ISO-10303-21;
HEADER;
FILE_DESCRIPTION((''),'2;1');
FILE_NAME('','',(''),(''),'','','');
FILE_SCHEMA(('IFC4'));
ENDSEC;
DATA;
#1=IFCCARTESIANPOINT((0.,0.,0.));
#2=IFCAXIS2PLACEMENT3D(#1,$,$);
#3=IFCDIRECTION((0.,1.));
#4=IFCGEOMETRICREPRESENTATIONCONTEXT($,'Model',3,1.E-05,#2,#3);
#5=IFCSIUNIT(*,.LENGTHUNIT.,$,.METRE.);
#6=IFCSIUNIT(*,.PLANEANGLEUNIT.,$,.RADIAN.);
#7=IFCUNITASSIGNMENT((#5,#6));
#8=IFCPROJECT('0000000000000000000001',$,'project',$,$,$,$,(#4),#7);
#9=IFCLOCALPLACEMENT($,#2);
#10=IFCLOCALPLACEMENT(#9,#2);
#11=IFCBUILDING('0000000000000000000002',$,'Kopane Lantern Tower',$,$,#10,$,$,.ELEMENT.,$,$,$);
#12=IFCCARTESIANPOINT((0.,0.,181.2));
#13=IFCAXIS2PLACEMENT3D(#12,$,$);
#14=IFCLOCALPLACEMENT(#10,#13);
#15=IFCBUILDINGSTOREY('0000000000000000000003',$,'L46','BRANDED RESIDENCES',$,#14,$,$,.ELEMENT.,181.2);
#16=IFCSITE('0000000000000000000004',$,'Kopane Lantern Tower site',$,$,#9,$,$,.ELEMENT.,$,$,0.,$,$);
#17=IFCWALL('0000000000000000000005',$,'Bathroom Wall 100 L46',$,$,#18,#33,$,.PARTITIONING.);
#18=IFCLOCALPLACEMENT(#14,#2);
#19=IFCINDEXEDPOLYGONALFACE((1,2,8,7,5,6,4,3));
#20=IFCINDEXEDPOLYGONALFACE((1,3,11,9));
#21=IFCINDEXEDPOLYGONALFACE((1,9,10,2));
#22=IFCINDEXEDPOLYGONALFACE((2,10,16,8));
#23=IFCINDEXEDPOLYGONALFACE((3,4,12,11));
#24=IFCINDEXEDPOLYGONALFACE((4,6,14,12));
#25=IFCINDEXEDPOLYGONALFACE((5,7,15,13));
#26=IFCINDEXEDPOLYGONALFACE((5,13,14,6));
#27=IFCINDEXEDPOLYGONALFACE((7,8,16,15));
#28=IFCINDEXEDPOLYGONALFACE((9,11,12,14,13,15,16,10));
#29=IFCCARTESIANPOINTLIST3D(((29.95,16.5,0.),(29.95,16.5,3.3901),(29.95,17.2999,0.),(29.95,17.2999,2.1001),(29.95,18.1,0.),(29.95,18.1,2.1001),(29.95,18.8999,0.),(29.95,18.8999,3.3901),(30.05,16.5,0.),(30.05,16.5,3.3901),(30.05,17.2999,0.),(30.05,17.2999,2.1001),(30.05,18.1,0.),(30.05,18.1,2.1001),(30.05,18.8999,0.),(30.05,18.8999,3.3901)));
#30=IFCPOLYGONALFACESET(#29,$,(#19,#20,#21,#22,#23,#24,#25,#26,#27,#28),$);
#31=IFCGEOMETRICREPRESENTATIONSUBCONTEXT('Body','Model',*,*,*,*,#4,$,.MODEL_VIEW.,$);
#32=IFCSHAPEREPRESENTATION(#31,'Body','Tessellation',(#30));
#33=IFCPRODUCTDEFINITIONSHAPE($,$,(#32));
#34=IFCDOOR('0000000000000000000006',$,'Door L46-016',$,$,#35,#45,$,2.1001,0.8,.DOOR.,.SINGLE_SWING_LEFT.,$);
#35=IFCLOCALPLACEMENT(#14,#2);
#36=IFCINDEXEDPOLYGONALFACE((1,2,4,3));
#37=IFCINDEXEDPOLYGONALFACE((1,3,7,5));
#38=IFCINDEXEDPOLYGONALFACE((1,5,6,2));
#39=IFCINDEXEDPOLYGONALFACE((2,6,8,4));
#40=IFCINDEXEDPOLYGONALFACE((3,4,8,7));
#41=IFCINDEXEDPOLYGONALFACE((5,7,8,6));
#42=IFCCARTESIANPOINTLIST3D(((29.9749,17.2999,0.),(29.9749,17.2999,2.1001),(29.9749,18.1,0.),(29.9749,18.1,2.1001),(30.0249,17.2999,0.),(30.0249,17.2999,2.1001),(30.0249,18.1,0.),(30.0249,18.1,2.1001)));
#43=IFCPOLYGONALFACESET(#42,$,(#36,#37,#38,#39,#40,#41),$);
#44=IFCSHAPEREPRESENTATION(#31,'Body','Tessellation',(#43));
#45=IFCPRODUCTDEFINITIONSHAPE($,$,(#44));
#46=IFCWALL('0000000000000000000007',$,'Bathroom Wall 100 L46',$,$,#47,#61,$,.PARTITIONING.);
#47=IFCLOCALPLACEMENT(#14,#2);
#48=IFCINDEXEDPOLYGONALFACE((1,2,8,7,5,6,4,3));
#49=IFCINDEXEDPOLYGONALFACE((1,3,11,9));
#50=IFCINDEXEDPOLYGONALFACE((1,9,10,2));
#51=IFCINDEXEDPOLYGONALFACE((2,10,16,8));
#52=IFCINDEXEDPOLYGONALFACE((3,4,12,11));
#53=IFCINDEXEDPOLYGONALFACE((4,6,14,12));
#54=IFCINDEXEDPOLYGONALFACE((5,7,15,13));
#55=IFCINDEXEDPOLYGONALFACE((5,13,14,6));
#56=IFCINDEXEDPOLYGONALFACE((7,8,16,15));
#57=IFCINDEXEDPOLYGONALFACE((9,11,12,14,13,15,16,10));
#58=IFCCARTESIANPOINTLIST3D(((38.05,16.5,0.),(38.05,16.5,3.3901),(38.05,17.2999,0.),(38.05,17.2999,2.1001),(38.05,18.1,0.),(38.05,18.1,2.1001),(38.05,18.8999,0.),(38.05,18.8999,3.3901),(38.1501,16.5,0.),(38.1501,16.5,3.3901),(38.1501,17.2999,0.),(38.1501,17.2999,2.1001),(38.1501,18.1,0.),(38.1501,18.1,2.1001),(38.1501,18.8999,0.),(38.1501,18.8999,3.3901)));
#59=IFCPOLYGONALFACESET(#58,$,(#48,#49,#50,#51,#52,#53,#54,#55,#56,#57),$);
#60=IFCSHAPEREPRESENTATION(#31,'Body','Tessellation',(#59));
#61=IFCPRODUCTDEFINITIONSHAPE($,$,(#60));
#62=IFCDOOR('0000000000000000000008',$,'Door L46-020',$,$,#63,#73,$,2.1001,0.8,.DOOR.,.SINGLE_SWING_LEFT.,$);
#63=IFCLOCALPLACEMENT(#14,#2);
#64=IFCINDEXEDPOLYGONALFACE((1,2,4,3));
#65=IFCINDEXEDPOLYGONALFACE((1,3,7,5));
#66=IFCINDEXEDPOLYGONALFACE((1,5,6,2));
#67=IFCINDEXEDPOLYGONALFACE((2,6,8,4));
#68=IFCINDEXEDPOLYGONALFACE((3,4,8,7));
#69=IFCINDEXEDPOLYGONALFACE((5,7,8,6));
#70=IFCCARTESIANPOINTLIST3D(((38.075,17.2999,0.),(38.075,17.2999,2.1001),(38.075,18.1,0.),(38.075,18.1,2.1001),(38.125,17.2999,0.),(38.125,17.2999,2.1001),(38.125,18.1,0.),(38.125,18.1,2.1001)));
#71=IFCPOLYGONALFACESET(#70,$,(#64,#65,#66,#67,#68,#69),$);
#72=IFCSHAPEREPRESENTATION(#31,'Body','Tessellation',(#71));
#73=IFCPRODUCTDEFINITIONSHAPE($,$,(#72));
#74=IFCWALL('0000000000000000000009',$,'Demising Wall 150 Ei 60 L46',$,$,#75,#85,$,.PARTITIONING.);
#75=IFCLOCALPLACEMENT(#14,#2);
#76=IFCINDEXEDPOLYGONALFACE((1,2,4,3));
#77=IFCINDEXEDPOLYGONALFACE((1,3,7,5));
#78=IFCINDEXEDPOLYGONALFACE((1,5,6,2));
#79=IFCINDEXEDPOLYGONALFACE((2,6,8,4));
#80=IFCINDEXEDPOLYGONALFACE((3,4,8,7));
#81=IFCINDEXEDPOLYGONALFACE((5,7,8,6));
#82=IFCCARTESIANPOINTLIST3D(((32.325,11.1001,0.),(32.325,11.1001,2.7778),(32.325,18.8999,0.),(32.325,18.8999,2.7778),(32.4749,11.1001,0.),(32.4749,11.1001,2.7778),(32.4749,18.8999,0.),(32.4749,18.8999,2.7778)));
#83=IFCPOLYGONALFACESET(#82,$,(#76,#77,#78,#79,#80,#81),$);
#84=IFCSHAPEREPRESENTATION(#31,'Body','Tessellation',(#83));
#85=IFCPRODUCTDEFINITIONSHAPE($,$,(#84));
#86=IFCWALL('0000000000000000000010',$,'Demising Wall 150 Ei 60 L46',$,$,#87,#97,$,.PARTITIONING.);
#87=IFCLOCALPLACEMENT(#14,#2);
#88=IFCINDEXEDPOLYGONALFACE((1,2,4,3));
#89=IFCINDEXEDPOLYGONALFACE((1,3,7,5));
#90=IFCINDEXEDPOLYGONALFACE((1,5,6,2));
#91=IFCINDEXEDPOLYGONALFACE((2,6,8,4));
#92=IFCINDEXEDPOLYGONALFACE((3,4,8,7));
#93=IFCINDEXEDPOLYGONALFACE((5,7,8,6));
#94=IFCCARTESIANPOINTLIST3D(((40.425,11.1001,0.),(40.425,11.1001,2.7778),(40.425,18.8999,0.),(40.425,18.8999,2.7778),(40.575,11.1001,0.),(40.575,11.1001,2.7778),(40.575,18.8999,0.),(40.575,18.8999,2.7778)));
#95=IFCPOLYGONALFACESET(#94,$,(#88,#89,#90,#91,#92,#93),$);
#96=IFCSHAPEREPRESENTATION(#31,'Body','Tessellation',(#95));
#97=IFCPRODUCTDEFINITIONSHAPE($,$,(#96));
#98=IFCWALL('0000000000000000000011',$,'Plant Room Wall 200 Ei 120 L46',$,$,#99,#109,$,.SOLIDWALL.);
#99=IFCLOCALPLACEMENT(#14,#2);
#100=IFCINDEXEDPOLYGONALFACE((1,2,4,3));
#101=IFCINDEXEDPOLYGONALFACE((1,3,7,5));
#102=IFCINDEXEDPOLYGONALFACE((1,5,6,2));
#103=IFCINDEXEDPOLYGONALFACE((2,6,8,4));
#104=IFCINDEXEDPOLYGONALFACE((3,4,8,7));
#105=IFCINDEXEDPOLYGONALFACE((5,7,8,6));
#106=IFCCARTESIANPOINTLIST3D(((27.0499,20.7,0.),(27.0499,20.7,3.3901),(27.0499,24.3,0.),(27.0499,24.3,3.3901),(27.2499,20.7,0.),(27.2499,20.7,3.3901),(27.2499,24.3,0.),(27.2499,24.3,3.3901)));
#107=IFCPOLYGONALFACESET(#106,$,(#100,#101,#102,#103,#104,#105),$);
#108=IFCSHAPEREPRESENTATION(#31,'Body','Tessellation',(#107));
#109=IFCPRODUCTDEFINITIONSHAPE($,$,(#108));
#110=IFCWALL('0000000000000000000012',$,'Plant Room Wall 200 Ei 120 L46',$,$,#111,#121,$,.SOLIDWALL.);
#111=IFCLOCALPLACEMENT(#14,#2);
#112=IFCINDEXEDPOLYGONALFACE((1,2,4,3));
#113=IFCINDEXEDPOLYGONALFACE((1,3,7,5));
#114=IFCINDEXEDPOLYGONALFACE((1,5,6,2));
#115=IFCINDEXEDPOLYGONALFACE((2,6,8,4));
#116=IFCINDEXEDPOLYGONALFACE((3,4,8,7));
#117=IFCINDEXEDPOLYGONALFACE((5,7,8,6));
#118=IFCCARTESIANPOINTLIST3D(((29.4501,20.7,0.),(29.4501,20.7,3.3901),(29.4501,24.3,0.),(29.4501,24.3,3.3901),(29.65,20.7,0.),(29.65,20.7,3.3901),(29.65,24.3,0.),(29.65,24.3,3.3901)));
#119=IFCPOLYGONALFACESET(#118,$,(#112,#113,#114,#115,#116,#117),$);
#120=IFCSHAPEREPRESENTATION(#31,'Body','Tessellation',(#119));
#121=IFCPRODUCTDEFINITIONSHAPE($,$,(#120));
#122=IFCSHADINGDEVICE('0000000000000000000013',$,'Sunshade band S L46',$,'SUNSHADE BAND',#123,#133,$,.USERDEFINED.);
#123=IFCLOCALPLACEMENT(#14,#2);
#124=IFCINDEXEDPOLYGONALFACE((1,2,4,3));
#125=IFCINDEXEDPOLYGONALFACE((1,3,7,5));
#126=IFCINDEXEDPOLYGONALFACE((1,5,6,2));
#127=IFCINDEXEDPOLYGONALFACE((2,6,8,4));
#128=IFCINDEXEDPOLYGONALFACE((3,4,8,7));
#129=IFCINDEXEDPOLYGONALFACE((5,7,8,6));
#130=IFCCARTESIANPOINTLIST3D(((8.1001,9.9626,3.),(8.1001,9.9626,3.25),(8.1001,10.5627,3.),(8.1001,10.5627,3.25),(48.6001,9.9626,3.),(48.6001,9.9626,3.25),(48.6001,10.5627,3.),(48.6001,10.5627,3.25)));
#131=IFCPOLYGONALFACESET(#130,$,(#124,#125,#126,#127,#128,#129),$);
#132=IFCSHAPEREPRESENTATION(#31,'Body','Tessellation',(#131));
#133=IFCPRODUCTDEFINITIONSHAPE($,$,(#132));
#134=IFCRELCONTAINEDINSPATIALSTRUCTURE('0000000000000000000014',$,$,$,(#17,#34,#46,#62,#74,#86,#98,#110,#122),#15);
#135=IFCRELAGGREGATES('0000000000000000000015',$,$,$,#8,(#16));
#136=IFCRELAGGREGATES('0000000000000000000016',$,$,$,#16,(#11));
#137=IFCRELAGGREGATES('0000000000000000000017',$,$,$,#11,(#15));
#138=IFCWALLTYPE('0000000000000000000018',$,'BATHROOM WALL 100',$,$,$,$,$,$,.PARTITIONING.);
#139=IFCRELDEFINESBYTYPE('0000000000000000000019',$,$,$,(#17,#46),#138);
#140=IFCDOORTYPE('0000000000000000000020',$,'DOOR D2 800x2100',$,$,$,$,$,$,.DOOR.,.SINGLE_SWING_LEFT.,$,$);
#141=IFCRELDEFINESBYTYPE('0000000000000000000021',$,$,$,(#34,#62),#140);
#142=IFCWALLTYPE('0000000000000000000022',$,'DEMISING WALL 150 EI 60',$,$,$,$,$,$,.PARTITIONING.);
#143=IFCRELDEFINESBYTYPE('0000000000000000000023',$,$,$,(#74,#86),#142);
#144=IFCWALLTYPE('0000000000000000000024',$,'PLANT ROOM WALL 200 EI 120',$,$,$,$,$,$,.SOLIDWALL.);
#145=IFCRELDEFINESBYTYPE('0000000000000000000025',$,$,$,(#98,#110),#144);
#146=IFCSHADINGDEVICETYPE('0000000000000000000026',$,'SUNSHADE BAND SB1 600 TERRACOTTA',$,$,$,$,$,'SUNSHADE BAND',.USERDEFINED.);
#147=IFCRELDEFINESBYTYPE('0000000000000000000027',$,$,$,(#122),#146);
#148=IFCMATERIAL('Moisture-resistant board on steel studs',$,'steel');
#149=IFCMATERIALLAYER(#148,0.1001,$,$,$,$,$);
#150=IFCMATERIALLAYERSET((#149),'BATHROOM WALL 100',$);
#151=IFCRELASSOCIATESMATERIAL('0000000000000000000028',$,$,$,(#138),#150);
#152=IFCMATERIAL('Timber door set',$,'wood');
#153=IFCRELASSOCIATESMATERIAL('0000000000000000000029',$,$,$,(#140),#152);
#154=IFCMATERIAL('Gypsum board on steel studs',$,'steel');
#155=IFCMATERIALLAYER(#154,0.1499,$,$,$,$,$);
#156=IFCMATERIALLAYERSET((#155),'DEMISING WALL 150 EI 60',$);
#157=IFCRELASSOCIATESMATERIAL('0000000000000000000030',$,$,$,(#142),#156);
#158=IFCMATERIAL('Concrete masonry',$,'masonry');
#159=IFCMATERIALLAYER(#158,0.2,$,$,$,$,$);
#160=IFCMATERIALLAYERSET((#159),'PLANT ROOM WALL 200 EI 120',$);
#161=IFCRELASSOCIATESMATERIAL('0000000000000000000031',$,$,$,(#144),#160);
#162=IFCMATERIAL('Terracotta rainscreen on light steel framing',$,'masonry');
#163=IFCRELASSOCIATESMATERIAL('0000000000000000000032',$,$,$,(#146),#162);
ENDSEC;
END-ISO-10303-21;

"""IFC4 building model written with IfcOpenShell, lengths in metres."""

from ifc_helpers import new_model, si_unit, direction, frame, frame_2d, origin, origin_2d, place, context, subcontext, project, spatial, rectangle, extrude, material, layer, layer_set, type_object, element, fill, save


model = new_model("IFC4")

# Units and contexts
model_context = context("Model", 3, precision=1e-05, world=origin(), true_north=direction((0.0, 1.0)))
body_context = subcontext(model_context, "Body", "Model", "MODEL_VIEW")
ifc_project = project(units=[si_unit("LENGTHUNIT", "METRE"), si_unit("PLANEANGLEUNIT", "RADIAN")], contexts=[model_context])

# Site, building, storey
site_placement = place(None, origin())
site = spatial("IfcSite", under=ifc_project, at=site_placement, Name="Kopane Lantern Tower site", CompositionType="ELEMENT", RefElevation=0.0)
building_placement = place(site_placement, origin())
building = spatial("IfcBuilding", under=site, at=building_placement, Name="Kopane Lantern Tower", CompositionType="ELEMENT")
storey_placement = place(building_placement, frame((0.0, 0.0, 181.2)))
storey = spatial("IfcBuildingStorey", under=building, at=storey_placement, Name="L46", Description="BRANDED RESIDENCES", CompositionType="ELEMENT", Elevation=181.2)

# Walls, openings, doors
ifc_material_1 = material(Name="Moisture-resistant board on steel studs", Category="steel")
ifc_layer_1 = layer(ifc_material_1, 0.1001)
ifc_layer_set_1 = layer_set([ifc_layer_1], Name="BATHROOM WALL 100")
wall_type_1 = type_object("IfcWallType", Name="BATHROOM WALL 100", PredefinedType="PARTITIONING", material=ifc_layer_set_1)
wall_1_placement = place(storey_placement, frame((30.0, 18.8999, 0.0), z_axis=(0.0, 0.0, 1.0), x_axis=(0.0, -1.0, 0.0)))
wall_1 = element("IfcWall", 1, at=wall_1_placement, inside=storey, type_object=wall_type_1, Name="Bathroom Wall 100 L46", PredefinedType="PARTITIONING", context=body_context, shape_type="SweptSolid", body=[
    extrude(rectangle(XDim=2.3999, YDim=0.1001, at=frame_2d((1.2, 0.0))), origin(), (0.0, 0.0, 1.0), 3.3901),
])
opening_1_placement = place(wall_1_placement, frame((0.8, 0.0, 0.0)))
opening_1 = element("IfcOpeningElement", 2, at=opening_1_placement, cuts=wall_1, PredefinedType="OPENING", context=body_context, shape_type="SweptSolid", body=[
    extrude(rectangle(XDim=0.8, YDim=2.1001, at=frame_2d((0.3999, 1.05))), frame((0.0, 0.0601, 0.0), z_axis=(0.0, -1.0, 0.0), x_axis=(1.0, 0.0, 0.0)), (0.0, 0.0, 1.0), 0.1201),
])
ifc_material_2 = material(Name="Timber door set", Category="wood")
door_type = type_object("IfcDoorType", Name="DOOR D2 800x2100", OperationType="SINGLE_SWING_LEFT", PredefinedType="DOOR", material=ifc_material_2)
door_1_placement = place(opening_1_placement, origin())
door_1 = element("IfcDoor", 3, at=door_1_placement, inside=storey, type_object=door_type, Name="Door L46-016", OperationType="SINGLE_SWING_LEFT", OverallHeight=2.1001, OverallWidth=0.8, PredefinedType="DOOR", context=body_context, shape_type="SweptSolid", body=[
    extrude(rectangle(XDim=0.8, YDim=2.1001, at=frame_2d((0.3999, 1.05))), frame((0.0, 0.0249, 0.0), z_axis=(0.0, -1.0, 0.0), x_axis=(1.0, 0.0, 0.0)), (0.0, 0.0, 1.0), 0.05),
])
fill(opening_1, door_1)
wall_2_placement = place(storey_placement, frame((38.1001, 18.8999, 0.0), z_axis=(0.0, 0.0, 1.0), x_axis=(0.0, -1.0, 0.0)))
wall_2 = element("IfcWall", 4, at=wall_2_placement, inside=storey, type_object=wall_type_1, Name="Bathroom Wall 100 L46", PredefinedType="PARTITIONING", context=body_context, shape_type="SweptSolid", body=[
    extrude(rectangle(XDim=2.3999, YDim=0.1001, at=frame_2d((1.2, 0.0))), origin(), (0.0, 0.0, 1.0), 3.3901),
])
opening_2_placement = place(wall_2_placement, frame((0.8, 0.0, 0.0)))
opening_2 = element("IfcOpeningElement", 5, at=opening_2_placement, cuts=wall_2, PredefinedType="OPENING", context=body_context, shape_type="SweptSolid", body=[
    extrude(rectangle(XDim=0.8, YDim=2.1001, at=frame_2d((0.3999, 1.05))), frame((0.0, 0.0601, 0.0), z_axis=(0.0, -1.0, 0.0), x_axis=(1.0, 0.0, 0.0)), (0.0, 0.0, 1.0), 0.1201),
])
door_2_placement = place(opening_2_placement, origin())
door_2 = element("IfcDoor", 6, at=door_2_placement, inside=storey, type_object=door_type, Name="Door L46-020", OperationType="SINGLE_SWING_LEFT", OverallHeight=2.1001, OverallWidth=0.8, PredefinedType="DOOR", context=body_context, shape_type="SweptSolid", body=[
    extrude(rectangle(XDim=0.8, YDim=2.1001, at=frame_2d((0.3999, 1.05))), frame((0.0, 0.0249, 0.0), z_axis=(0.0, -1.0, 0.0), x_axis=(1.0, 0.0, 0.0)), (0.0, 0.0, 1.0), 0.05),
])
fill(opening_2, door_2)

# Walls
ifc_material_3 = material(Name="Gypsum board on steel studs", Category="steel")
ifc_layer_2 = layer(ifc_material_3, 0.1499)
ifc_layer_set_2 = layer_set([ifc_layer_2], Name="DEMISING WALL 150 EI 60")
wall_type_2 = type_object("IfcWallType", Name="DEMISING WALL 150 EI 60", PredefinedType="PARTITIONING", material=ifc_layer_set_2)
for number, where, z_axis, x_axis, name in (
    (7, (32.3999, 18.8999, 0.0), (0.0, 0.0, 1.0), (0.0, -1.0, 0.0), "Demising Wall 150 Ei 60 L46"),
    (8, (40.5, 18.8999, 0.0), (0.0, 0.0, 1.0), (0.0, -1.0, 0.0), "Demising Wall 150 Ei 60 L46"),
):
    element("IfcWall", number, at=place(storey_placement, frame(where, z_axis=z_axis, x_axis=x_axis)), inside=storey, type_object=wall_type_2, Name=name, PredefinedType="PARTITIONING", context=body_context, shape_type="SweptSolid", body=[
        extrude(rectangle(XDim=7.7998, YDim=0.1499, at=frame_2d((3.8999, 0.0))), origin(), (0.0, 0.0, 1.0), 2.7778),
    ])
ifc_material_4 = material(Name="Concrete masonry", Category="masonry")
ifc_layer_3 = layer(ifc_material_4, 0.2)
ifc_layer_set_3 = layer_set([ifc_layer_3], Name="PLANT ROOM WALL 200 EI 120")
wall_type_3 = type_object("IfcWallType", Name="PLANT ROOM WALL 200 EI 120", PredefinedType="SOLIDWALL", material=ifc_layer_set_3)
for number, where, z_axis, x_axis, name in (
    (9, (27.1499, 20.7, 0.0), (0.0, 0.0, 1.0), (0.0, 1.0, 0.0), "Plant Room Wall 200 Ei 120 L46"),
    (10, (29.55, 20.7, 0.0), (0.0, 0.0, 1.0), (0.0, 1.0, 0.0), "Plant Room Wall 200 Ei 120 L46"),
):
    element("IfcWall", number, at=place(storey_placement, frame(where, z_axis=z_axis, x_axis=x_axis)), inside=storey, type_object=wall_type_3, Name=name, PredefinedType="SOLIDWALL", context=body_context, shape_type="SweptSolid", body=[
        extrude(rectangle(XDim=3.6001, YDim=0.2, at=frame_2d((1.8, 0.0))), origin(), (0.0, 0.0, 1.0), 3.3901),
    ])

# Shading device
ifc_material_5 = material(Name="Terracotta rainscreen on light steel framing", Category="masonry")
shading_device_type = type_object("IfcShadingDeviceType", Name="SUNSHADE BAND SB1 600 TERRACOTTA", ElementType="SUNSHADE BAND", PredefinedType="USERDEFINED", material=ifc_material_5)
shading_device_placement = place(storey_placement, frame((28.3501, 10.2627, 3.0), z_axis=(0.0, 0.0, 1.0), x_axis=(1.0, 0.0, 0.0)))
element("IfcShadingDevice", 11, at=shading_device_placement, inside=storey, type_object=shading_device_type, Name="Sunshade band S L46", ObjectType="SUNSHADE BAND", PredefinedType="USERDEFINED", context=body_context, shape_type="SweptSolid", body=[
    extrude(rectangle(XDim=40.5, YDim=0.6001, at=origin_2d()), origin(), (0.0, 0.0, 1.0), 0.25),
])

save(model, "model.ifc")
